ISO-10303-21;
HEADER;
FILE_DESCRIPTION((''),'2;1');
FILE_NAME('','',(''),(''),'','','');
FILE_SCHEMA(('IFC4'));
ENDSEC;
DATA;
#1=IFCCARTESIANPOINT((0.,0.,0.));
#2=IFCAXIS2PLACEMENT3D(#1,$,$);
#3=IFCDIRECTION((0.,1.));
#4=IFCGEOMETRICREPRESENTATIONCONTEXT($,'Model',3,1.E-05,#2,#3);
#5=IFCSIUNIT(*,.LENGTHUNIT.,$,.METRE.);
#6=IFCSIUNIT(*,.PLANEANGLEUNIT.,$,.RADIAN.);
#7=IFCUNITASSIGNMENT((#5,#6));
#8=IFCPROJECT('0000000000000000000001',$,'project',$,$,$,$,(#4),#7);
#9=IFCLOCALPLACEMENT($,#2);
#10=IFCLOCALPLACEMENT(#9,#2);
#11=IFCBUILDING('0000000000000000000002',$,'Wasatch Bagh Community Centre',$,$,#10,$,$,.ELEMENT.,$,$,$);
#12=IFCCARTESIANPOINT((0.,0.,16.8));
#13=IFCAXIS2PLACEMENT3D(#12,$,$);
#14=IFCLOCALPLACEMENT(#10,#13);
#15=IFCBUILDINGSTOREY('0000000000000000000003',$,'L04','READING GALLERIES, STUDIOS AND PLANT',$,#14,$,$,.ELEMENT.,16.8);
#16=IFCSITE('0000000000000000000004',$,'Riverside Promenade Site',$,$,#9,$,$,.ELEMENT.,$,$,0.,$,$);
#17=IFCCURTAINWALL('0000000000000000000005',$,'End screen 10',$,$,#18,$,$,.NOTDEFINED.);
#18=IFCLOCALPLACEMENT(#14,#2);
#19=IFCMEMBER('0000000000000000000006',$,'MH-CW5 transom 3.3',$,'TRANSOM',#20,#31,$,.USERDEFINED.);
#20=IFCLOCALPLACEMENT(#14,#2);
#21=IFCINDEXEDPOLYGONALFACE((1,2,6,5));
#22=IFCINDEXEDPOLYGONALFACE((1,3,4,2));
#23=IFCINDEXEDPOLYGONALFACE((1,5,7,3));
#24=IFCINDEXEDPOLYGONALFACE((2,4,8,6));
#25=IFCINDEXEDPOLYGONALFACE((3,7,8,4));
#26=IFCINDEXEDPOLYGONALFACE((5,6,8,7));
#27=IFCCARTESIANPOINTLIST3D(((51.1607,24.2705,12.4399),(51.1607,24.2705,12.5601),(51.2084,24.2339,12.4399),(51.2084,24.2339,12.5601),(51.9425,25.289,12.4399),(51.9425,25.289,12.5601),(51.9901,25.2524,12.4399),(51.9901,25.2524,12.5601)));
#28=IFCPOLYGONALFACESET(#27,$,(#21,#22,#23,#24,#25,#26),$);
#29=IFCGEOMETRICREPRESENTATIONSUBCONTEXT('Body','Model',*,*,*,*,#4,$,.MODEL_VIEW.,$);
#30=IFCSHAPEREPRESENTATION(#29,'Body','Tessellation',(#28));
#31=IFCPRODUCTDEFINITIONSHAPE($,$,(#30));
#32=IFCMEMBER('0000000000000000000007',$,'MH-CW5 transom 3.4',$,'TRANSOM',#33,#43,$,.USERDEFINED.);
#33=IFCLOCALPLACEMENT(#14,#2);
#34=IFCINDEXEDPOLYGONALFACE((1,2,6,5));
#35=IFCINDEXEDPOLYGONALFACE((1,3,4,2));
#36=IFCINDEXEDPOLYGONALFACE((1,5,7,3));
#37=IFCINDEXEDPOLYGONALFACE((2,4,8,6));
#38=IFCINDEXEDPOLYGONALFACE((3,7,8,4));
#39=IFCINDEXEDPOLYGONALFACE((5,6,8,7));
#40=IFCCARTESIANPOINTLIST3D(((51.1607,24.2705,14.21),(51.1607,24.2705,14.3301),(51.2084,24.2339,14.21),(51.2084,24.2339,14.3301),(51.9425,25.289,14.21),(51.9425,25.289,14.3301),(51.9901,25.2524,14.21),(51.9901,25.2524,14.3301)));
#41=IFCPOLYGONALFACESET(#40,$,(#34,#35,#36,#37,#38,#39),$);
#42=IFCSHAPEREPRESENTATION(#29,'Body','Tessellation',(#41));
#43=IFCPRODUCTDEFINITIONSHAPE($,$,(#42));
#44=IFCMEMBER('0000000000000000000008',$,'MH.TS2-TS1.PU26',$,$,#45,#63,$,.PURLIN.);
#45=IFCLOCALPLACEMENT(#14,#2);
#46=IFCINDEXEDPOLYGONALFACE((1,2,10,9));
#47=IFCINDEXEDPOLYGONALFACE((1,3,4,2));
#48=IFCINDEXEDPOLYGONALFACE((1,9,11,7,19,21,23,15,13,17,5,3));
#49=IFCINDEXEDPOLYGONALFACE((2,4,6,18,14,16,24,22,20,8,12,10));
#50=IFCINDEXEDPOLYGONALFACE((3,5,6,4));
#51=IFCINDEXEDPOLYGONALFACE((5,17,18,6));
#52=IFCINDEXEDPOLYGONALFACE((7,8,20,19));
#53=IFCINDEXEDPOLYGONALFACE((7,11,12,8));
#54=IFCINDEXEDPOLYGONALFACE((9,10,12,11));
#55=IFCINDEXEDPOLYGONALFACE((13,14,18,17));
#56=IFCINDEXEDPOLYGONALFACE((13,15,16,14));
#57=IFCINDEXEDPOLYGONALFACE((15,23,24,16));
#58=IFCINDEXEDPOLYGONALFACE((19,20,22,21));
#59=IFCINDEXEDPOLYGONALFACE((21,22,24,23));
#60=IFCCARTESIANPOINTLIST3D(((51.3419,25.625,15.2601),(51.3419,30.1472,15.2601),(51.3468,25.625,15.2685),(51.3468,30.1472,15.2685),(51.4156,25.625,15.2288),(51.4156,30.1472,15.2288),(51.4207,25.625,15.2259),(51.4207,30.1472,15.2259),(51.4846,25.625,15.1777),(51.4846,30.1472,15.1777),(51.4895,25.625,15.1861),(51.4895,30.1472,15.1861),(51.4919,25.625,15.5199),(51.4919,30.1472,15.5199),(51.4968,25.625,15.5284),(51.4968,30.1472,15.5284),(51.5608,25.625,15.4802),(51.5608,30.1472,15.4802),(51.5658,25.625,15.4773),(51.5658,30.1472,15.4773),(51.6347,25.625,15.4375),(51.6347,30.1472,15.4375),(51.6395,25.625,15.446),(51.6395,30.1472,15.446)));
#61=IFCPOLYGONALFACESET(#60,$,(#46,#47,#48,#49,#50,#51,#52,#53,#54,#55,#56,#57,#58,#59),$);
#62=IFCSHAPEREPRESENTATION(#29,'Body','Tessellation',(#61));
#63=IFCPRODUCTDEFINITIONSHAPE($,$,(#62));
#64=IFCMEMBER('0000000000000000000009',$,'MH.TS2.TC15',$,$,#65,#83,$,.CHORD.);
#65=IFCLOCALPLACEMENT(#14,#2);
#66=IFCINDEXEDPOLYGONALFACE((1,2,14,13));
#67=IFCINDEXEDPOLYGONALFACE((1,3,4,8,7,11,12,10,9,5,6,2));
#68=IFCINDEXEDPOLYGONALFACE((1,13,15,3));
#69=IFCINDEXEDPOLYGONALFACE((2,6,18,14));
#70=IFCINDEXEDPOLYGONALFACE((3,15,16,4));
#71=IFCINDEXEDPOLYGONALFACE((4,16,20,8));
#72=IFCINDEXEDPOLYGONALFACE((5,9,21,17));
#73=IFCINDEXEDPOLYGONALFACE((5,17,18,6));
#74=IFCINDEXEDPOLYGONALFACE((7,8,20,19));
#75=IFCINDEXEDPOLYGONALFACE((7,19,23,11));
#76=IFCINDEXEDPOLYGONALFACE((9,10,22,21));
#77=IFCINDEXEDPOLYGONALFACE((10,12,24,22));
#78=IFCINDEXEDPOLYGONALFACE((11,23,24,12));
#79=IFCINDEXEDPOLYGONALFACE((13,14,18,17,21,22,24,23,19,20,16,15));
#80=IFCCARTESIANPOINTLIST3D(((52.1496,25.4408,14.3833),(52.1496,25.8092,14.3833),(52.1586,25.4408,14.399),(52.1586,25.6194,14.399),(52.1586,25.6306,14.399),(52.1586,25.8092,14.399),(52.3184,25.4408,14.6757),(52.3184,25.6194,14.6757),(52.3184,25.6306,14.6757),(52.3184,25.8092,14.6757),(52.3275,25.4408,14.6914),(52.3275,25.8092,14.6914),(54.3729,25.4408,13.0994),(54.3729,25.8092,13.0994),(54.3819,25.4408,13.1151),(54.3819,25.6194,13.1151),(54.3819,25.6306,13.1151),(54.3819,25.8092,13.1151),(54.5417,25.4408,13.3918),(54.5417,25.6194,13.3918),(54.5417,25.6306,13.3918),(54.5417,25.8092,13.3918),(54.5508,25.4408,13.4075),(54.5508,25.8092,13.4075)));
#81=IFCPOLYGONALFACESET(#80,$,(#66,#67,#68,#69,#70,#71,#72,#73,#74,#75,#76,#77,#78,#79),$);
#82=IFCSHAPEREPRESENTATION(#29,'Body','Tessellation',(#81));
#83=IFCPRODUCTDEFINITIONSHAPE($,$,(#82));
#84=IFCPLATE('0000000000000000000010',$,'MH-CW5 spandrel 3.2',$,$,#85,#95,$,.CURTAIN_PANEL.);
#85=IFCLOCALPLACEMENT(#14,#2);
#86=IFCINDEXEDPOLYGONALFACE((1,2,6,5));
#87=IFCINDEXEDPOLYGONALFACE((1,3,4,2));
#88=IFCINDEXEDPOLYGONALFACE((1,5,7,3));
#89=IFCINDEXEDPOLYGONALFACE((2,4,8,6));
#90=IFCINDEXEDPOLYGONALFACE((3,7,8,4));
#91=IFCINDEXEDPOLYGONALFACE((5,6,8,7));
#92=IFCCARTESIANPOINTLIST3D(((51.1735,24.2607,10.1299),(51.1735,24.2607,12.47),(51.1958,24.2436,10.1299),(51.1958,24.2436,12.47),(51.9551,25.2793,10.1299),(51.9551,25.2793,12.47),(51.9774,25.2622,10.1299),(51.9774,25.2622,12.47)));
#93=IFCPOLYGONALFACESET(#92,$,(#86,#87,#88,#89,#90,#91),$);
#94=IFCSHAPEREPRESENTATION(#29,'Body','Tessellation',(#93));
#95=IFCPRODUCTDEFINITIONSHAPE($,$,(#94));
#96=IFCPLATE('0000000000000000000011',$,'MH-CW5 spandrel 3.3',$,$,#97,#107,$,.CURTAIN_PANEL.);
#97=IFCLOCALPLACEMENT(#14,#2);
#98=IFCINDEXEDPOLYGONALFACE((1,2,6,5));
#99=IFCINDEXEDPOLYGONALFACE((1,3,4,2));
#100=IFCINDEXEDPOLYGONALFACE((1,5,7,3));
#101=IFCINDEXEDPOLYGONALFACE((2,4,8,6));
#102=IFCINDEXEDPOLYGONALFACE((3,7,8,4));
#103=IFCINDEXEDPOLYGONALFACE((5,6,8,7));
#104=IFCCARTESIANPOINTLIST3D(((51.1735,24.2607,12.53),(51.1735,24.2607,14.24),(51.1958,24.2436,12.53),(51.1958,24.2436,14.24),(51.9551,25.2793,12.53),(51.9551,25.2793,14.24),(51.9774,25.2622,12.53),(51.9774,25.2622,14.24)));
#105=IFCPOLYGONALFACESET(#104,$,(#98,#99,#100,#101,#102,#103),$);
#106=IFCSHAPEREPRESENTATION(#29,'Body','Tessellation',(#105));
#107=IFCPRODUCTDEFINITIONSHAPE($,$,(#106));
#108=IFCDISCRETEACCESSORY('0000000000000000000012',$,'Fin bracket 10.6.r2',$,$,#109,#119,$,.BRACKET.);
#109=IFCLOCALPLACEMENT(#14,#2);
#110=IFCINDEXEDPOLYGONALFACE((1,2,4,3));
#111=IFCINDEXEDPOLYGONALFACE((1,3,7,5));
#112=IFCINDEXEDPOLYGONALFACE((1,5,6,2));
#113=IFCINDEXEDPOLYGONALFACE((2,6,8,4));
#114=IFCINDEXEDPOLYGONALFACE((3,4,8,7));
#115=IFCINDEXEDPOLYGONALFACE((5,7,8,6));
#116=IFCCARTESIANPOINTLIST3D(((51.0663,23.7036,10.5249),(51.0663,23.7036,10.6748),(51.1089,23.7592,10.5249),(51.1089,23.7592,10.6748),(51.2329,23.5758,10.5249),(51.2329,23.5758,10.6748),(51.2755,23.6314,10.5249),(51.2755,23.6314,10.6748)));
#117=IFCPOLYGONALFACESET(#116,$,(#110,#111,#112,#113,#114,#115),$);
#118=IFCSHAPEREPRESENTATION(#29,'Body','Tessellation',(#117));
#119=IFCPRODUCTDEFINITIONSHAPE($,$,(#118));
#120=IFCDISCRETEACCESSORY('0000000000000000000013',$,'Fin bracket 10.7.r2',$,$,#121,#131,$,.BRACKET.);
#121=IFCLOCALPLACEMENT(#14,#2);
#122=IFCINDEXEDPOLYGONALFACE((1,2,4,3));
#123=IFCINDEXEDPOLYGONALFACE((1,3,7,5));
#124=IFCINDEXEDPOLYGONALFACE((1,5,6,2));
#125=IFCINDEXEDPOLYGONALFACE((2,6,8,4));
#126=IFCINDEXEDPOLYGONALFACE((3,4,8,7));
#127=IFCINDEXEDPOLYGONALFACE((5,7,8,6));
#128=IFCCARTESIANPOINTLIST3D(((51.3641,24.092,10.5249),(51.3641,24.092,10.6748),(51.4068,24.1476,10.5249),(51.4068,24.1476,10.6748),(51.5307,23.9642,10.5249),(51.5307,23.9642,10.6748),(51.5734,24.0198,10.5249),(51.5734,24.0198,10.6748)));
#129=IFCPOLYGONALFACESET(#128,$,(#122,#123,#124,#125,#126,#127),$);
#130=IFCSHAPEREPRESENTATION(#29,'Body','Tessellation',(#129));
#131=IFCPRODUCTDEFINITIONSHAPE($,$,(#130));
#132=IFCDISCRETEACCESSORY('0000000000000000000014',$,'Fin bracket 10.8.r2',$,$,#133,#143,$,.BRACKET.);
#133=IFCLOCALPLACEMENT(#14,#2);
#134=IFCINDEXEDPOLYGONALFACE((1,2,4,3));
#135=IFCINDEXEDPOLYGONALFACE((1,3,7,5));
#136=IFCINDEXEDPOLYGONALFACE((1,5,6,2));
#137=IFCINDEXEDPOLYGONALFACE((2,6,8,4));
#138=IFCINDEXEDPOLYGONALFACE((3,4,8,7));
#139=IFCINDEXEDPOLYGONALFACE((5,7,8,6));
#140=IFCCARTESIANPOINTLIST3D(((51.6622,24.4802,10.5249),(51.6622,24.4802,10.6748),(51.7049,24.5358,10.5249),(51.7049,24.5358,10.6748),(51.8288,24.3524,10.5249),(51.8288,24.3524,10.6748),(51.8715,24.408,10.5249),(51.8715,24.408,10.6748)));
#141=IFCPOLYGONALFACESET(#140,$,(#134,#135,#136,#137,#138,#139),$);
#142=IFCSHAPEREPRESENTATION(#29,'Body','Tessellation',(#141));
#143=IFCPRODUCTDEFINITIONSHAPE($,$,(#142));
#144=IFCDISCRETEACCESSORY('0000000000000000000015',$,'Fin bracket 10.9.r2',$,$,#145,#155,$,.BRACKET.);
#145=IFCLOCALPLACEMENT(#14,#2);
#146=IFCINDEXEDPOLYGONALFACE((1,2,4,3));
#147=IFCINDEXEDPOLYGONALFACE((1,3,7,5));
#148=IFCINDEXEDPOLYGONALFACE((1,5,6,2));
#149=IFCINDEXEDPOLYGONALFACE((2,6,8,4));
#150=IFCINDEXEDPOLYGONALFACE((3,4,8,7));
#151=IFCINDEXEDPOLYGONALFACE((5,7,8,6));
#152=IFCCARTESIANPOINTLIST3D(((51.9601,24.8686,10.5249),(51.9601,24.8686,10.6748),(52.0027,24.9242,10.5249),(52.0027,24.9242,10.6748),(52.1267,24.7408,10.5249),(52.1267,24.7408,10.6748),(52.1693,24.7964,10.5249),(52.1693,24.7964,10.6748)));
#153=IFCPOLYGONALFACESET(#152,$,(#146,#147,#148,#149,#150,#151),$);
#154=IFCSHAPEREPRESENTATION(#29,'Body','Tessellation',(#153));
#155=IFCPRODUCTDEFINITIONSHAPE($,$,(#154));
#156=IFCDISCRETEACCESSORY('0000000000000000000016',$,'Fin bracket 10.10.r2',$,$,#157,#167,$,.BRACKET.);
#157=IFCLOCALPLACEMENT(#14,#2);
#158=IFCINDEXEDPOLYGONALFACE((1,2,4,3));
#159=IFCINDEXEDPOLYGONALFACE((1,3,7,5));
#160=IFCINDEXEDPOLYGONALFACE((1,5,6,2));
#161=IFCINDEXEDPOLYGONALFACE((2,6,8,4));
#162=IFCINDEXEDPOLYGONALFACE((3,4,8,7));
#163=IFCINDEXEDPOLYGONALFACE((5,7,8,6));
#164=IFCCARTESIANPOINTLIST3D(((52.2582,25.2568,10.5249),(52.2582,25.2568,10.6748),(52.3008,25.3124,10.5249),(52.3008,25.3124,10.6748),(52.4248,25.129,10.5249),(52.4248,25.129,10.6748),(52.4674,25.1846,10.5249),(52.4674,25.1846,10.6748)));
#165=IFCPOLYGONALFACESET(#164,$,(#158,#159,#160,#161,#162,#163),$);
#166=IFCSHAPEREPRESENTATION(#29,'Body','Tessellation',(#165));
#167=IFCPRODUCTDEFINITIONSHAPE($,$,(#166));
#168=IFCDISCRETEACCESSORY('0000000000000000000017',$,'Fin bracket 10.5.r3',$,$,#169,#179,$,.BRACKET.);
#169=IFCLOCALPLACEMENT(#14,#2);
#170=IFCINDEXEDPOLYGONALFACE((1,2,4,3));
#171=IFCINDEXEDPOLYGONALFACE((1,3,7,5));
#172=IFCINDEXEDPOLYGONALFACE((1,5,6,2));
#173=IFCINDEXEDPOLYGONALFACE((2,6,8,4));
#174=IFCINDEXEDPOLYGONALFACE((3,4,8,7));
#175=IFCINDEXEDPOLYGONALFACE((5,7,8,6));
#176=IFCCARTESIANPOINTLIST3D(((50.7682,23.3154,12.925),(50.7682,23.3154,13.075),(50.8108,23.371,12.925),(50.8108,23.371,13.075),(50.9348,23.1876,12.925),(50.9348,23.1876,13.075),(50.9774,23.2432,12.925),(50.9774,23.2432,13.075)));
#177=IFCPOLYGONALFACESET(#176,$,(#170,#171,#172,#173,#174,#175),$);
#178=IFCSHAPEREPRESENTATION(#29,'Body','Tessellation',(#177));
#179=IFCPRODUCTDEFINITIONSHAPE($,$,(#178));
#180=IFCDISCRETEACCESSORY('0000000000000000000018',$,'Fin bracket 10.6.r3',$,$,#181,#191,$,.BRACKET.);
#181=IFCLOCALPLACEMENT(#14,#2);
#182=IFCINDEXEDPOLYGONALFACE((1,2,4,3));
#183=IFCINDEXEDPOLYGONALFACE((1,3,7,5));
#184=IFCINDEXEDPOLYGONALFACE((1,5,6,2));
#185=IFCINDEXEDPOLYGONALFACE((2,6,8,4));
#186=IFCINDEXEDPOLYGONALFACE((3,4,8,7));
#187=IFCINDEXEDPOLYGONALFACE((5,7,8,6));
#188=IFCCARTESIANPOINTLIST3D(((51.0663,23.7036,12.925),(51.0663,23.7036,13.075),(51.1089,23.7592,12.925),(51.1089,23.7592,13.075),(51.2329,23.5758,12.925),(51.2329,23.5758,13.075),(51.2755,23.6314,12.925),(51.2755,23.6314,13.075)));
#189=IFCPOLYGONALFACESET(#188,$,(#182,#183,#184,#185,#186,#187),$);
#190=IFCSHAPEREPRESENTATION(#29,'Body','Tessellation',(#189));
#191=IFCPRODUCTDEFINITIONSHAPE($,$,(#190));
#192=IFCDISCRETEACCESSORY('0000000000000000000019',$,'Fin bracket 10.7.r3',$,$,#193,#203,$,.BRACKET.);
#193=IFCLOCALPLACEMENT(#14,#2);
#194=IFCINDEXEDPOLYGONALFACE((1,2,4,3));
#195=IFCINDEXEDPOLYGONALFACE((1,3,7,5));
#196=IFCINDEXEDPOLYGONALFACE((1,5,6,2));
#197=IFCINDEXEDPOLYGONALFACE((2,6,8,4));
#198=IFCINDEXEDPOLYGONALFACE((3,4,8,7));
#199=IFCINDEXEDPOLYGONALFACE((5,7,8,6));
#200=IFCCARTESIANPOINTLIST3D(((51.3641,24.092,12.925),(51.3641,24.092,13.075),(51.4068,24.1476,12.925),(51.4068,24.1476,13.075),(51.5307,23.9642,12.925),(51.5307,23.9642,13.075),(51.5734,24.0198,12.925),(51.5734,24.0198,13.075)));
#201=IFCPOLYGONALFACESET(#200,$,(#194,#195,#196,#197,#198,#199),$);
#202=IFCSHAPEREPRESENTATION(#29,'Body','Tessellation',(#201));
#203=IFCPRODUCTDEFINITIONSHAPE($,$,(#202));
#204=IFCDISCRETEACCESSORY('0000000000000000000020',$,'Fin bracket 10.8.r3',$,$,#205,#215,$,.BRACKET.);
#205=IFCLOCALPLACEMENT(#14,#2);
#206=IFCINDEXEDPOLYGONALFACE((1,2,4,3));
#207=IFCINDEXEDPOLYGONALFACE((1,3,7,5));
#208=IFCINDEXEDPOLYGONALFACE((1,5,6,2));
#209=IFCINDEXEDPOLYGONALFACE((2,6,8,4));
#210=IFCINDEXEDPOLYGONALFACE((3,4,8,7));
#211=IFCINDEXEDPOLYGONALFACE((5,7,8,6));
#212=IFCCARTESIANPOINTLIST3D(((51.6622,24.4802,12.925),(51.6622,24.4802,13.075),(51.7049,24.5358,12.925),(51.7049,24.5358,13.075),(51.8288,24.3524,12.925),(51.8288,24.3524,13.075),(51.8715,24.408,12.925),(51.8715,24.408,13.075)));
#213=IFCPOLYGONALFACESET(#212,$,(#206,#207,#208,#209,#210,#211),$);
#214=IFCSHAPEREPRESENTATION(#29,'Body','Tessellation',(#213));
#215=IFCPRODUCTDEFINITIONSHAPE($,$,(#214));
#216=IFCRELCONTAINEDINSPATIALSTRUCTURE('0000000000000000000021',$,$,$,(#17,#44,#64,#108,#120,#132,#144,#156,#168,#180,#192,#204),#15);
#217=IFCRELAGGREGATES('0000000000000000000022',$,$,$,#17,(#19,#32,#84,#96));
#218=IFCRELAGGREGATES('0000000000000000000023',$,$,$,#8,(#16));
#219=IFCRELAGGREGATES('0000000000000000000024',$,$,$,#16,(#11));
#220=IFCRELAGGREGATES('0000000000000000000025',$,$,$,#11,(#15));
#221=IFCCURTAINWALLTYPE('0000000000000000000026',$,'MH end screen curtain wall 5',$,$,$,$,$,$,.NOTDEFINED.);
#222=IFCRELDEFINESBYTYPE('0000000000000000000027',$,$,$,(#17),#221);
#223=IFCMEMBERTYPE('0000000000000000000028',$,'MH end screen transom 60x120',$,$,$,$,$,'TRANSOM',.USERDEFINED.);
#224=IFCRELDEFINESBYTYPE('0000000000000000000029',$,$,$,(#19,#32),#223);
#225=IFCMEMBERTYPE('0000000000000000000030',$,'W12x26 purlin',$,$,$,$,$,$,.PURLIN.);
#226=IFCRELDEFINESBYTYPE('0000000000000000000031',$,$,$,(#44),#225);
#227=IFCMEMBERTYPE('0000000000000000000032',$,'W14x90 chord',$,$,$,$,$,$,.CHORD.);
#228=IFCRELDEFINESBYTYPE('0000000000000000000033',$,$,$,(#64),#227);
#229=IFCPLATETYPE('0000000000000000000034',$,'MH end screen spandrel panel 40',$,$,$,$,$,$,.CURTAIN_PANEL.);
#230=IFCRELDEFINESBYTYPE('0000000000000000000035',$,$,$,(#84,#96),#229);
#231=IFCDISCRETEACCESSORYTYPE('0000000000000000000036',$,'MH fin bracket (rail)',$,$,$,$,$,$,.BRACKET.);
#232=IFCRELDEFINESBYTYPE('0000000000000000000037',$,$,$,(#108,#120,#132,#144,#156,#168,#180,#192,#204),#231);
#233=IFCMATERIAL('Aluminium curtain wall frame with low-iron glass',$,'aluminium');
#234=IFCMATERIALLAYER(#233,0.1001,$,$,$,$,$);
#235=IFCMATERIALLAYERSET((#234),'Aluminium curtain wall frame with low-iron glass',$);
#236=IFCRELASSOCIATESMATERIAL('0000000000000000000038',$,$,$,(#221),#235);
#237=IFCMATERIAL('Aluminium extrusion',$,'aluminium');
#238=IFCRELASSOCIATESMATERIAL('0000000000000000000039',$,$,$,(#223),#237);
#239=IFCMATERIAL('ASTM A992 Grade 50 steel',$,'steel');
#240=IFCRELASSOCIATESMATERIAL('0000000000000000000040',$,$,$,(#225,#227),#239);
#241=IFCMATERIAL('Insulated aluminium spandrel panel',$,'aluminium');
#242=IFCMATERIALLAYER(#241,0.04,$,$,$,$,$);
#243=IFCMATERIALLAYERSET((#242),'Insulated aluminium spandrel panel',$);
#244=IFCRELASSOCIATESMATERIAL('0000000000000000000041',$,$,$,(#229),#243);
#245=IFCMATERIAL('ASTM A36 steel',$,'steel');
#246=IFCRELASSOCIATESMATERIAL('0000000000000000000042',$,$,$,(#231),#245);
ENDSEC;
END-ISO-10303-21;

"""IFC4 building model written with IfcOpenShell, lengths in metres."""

from ifc_helpers import new_model, si_unit, direction, frame, origin, origin_2d, place, context, subcontext, project, spatial, rectangle, i_section, extrude, material, layer, layer_set, material_profile, profile_set, type_object, element, aggregate, save


model = new_model("IFC4")

# Units and contexts
model_context = context("Model", 3, precision=1e-05, world=origin(), true_north=direction((0.0, 1.0)))
body_context = subcontext(model_context, "Body", "Model", "MODEL_VIEW")
ifc_project = project(units=[si_unit("LENGTHUNIT", "METRE"), si_unit("PLANEANGLEUNIT", "RADIAN")], contexts=[model_context])

# Site, building, storey
site_placement = place(None, origin())
site = spatial("IfcSite", under=ifc_project, at=site_placement, Name="Riverside Promenade Site", CompositionType="ELEMENT", RefElevation=0.0)
building_placement = place(site_placement, origin())
building = spatial("IfcBuilding", under=site, at=building_placement, Name="Wasatch Bagh Community Centre", CompositionType="ELEMENT")
storey_placement = place(building_placement, frame((0.0, 0.0, 16.8)))
storey = spatial("IfcBuildingStorey", under=building, at=storey_placement, Name="L04", Description="READING GALLERIES, STUDIOS AND PLANT", CompositionType="ELEMENT", Elevation=16.8)

# Curtain wall, members
ifc_material_1 = material(Name="Aluminium curtain wall frame with low-iron glass", Category="aluminium")
ifc_layer_1 = layer(ifc_material_1, 0.1001)
ifc_layer_set_1 = layer_set([ifc_layer_1], Name="Aluminium curtain wall frame with low-iron glass")
curtain_wall_type = type_object("IfcCurtainWallType", Name="MH end screen curtain wall 5", PredefinedType="NOTDEFINED", material=ifc_layer_set_1)
curtain_wall_placement = place(storey_placement, origin())
curtain_wall = element("IfcCurtainWall", 1, at=curtain_wall_placement, inside=storey, type_object=curtain_wall_type, Name="End screen 10", PredefinedType="NOTDEFINED")
ifc_material_2 = material(Name="Aluminium extrusion", Category="aluminium")
ifc_material_profile_1 = material_profile(ifc_material_2, rectangle(XDim=0.0601, YDim=0.1201, at=origin_2d()), Name="AL 60x120")
ifc_profile_set_1 = profile_set([ifc_material_profile_1], Name="Aluminium extrusion")
member_type_1 = type_object("IfcMemberType", Name="MH end screen transom 60x120", ElementType="TRANSOM", PredefinedType="USERDEFINED", material=ifc_profile_set_1)
member_1_placement = place(storey_placement, frame((51.1846, 24.2522, 12.5), z_axis=(0.608847, 0.793288, 0.0), x_axis=(-0.793288, 0.608847, 0.0)))
member_1 = element("IfcMember", 2, at=member_1_placement, type_object=member_type_1, Name="MH-CW5 transom 3.3", ObjectType="TRANSOM", PredefinedType="USERDEFINED", context=body_context, shape_type="SweptSolid", body=[
    extrude(rectangle(XDim=0.0601, YDim=0.1201, at=origin_2d()), origin(), (0.0, 0.0, 1.0), 1.2839),
])
member_2_placement = place(storey_placement, frame((51.1846, 24.2522, 14.27), z_axis=(0.608847, 0.793288, 0.0), x_axis=(-0.793288, 0.608847, 0.0)))
member_2 = element("IfcMember", 3, at=member_2_placement, type_object=member_type_1, Name="MH-CW5 transom 3.4", ObjectType="TRANSOM", PredefinedType="USERDEFINED", context=body_context, shape_type="SweptSolid", body=[
    extrude(rectangle(XDim=0.0601, YDim=0.1201, at=origin_2d()), origin(), (0.0, 0.0, 1.0), 1.2839),
])

# Members
ifc_material_3 = material(Name="ASTM A992 Grade 50 steel", Category="steel")
ifc_material_profile_2 = material_profile(ifc_material_3, i_section(OverallWidth=0.1648, OverallDepth=0.3098, WebThickness=0.0059, FlangeThickness=0.0098, at=origin_2d()), Name="W12x26")
ifc_profile_set_2 = profile_set([ifc_material_profile_2], Name="ASTM A992 Grade 50 steel")
member_type_2 = type_object("IfcMemberType", Name="W12x26 purlin", PredefinedType="PURLIN", material=ifc_profile_set_2)
member_3_placement = place(storey_placement, frame((51.4907, 25.625, 15.353), z_axis=(0.0, 1.0, 0.0), x_axis=(-0.866025, 0.0, 0.5)))
element("IfcMember", 4, at=member_3_placement, inside=storey, type_object=member_type_2, Name="MH.TS2-TS1.PU26", PredefinedType="PURLIN", context=body_context, shape_type="SweptSolid", body=[
    extrude(i_section(OverallWidth=0.1648, OverallDepth=0.3098, WebThickness=0.0059, FlangeThickness=0.0098, at=origin_2d()), origin(), (0.0, 0.0, 1.0), 4.5222),
])
ifc_material_profile_3 = material_profile(ifc_material_3, i_section(OverallWidth=0.3684, OverallDepth=0.3557, WebThickness=0.0112, FlangeThickness=0.0181, at=origin_2d()), Name="W14x90")
ifc_profile_set_3 = profile_set([ifc_material_profile_3], Name="ASTM A992 Grade 50 steel")
member_type_3 = type_object("IfcMemberType", Name="W14x90 chord", PredefinedType="CHORD", material=ifc_profile_set_3)
member_4_placement = place(storey_placement, frame((52.2385, 25.625, 14.5374), z_axis=(0.865981, 0.0, -0.500076), x_axis=(0.0, 1.0, 0.0)))
element("IfcMember", 5, at=member_4_placement, inside=storey, type_object=member_type_3, Name="MH.TS2.TC15", PredefinedType="CHORD", context=body_context, shape_type="SweptSolid", body=[
    extrude(i_section(OverallWidth=0.3684, OverallDepth=0.3557, WebThickness=0.0112, FlangeThickness=0.0181, at=origin_2d()), origin(), (0.0, 0.0, 1.0), 2.5674),
])

# Plates
ifc_material_4 = material(Name="Insulated aluminium spandrel panel", Category="aluminium")
ifc_layer_2 = layer(ifc_material_4, 0.04)
ifc_layer_set_2 = layer_set([ifc_layer_2], Name="Insulated aluminium spandrel panel")
plate_type = type_object("IfcPlateType", Name="MH end screen spandrel panel 40", PredefinedType="CURTAIN_PANEL", material=ifc_layer_set_2)
plate_1_placement = place(storey_placement, frame((51.5754, 24.7615, 10.1299), z_axis=(0.0, 0.0, 1.0), x_axis=(0.608761, 0.793353, 0.0)))
plate_1 = element("IfcPlate", 6, at=plate_1_placement, type_object=plate_type, Name="MH-CW5 spandrel 3.2", PredefinedType="CURTAIN_PANEL", context=body_context, shape_type="SweptSolid", body=[
    extrude(rectangle(XDim=1.2839, YDim=0.0281, at=origin_2d()), origin(), (0.0, 0.0, 1.0), 2.3401),
])
plate_2_placement = place(storey_placement, frame((51.5754, 24.7615, 12.53), z_axis=(0.0, 0.0, 1.0), x_axis=(0.608761, 0.793353, 0.0)))
plate_2 = element("IfcPlate", 7, at=plate_2_placement, type_object=plate_type, Name="MH-CW5 spandrel 3.3", PredefinedType="CURTAIN_PANEL", context=body_context, shape_type="SweptSolid", body=[
    extrude(rectangle(XDim=1.2839, YDim=0.0281, at=origin_2d()), origin(), (0.0, 0.0, 1.0), 1.71),
])
aggregate(curtain_wall, [member_1, member_2, plate_1, plate_2])

# Discrete accessories
ifc_material_5 = material(Name="ASTM A36 steel", Category="steel")
discrete_accessory_type_1 = type_object("IfcDiscreteAccessoryType", Name="MH fin bracket (rail)", PredefinedType="BRACKET", material=ifc_material_5)
for number, where, z_axis, x_axis, name in (
    (8, (51.1709, 23.6675, 10.5249), (0.0, 0.0, 1.0), (0.608761, 0.793353, 0.0), "Fin bracket 10.6.r2"),
    (9, (51.4688, 24.0559, 10.5249), (0.0, 0.0, 1.0), (0.608761, 0.793353, 0.0), "Fin bracket 10.7.r2"),
    (10, (51.7668, 24.4441, 10.5249), (0.0, 0.0, 1.0), (0.608761, 0.793353, 0.0), "Fin bracket 10.8.r2"),
    (11, (52.0647, 24.8325, 10.5249), (0.0, 0.0, 1.0), (0.608761, 0.793353, 0.0), "Fin bracket 10.9.r2"),
    (12, (52.3628, 25.2207, 10.5249), (0.0, 0.0, 1.0), (0.608761, 0.793353, 0.0), "Fin bracket 10.10.r2"),
    (13, (50.8728, 23.2793, 12.925), (0.0, 0.0, 1.0), (0.608761, 0.793353, 0.0), "Fin bracket 10.5.r3"),
    (14, (51.1709, 23.6675, 12.925), (0.0, 0.0, 1.0), (0.608761, 0.793353, 0.0), "Fin bracket 10.6.r3"),
    (15, (51.4688, 24.0559, 12.925), (0.0, 0.0, 1.0), (0.608761, 0.793353, 0.0), "Fin bracket 10.7.r3"),
    (16, (51.7668, 24.4441, 12.925), (0.0, 0.0, 1.0), (0.608761, 0.793353, 0.0), "Fin bracket 10.8.r3"),
):
    element("IfcDiscreteAccessory", number, at=place(storey_placement, frame(where, z_axis=z_axis, x_axis=x_axis)), inside=storey, type_object=discrete_accessory_type_1, Name=name, PredefinedType="BRACKET", context=body_context, shape_type="SweptSolid", body=[
        extrude(rectangle(XDim=0.0701, YDim=0.21, at=origin_2d()), origin(), (0.0, 0.0, 1.0), 0.1499),
    ])

save(model, "model.ifc")
